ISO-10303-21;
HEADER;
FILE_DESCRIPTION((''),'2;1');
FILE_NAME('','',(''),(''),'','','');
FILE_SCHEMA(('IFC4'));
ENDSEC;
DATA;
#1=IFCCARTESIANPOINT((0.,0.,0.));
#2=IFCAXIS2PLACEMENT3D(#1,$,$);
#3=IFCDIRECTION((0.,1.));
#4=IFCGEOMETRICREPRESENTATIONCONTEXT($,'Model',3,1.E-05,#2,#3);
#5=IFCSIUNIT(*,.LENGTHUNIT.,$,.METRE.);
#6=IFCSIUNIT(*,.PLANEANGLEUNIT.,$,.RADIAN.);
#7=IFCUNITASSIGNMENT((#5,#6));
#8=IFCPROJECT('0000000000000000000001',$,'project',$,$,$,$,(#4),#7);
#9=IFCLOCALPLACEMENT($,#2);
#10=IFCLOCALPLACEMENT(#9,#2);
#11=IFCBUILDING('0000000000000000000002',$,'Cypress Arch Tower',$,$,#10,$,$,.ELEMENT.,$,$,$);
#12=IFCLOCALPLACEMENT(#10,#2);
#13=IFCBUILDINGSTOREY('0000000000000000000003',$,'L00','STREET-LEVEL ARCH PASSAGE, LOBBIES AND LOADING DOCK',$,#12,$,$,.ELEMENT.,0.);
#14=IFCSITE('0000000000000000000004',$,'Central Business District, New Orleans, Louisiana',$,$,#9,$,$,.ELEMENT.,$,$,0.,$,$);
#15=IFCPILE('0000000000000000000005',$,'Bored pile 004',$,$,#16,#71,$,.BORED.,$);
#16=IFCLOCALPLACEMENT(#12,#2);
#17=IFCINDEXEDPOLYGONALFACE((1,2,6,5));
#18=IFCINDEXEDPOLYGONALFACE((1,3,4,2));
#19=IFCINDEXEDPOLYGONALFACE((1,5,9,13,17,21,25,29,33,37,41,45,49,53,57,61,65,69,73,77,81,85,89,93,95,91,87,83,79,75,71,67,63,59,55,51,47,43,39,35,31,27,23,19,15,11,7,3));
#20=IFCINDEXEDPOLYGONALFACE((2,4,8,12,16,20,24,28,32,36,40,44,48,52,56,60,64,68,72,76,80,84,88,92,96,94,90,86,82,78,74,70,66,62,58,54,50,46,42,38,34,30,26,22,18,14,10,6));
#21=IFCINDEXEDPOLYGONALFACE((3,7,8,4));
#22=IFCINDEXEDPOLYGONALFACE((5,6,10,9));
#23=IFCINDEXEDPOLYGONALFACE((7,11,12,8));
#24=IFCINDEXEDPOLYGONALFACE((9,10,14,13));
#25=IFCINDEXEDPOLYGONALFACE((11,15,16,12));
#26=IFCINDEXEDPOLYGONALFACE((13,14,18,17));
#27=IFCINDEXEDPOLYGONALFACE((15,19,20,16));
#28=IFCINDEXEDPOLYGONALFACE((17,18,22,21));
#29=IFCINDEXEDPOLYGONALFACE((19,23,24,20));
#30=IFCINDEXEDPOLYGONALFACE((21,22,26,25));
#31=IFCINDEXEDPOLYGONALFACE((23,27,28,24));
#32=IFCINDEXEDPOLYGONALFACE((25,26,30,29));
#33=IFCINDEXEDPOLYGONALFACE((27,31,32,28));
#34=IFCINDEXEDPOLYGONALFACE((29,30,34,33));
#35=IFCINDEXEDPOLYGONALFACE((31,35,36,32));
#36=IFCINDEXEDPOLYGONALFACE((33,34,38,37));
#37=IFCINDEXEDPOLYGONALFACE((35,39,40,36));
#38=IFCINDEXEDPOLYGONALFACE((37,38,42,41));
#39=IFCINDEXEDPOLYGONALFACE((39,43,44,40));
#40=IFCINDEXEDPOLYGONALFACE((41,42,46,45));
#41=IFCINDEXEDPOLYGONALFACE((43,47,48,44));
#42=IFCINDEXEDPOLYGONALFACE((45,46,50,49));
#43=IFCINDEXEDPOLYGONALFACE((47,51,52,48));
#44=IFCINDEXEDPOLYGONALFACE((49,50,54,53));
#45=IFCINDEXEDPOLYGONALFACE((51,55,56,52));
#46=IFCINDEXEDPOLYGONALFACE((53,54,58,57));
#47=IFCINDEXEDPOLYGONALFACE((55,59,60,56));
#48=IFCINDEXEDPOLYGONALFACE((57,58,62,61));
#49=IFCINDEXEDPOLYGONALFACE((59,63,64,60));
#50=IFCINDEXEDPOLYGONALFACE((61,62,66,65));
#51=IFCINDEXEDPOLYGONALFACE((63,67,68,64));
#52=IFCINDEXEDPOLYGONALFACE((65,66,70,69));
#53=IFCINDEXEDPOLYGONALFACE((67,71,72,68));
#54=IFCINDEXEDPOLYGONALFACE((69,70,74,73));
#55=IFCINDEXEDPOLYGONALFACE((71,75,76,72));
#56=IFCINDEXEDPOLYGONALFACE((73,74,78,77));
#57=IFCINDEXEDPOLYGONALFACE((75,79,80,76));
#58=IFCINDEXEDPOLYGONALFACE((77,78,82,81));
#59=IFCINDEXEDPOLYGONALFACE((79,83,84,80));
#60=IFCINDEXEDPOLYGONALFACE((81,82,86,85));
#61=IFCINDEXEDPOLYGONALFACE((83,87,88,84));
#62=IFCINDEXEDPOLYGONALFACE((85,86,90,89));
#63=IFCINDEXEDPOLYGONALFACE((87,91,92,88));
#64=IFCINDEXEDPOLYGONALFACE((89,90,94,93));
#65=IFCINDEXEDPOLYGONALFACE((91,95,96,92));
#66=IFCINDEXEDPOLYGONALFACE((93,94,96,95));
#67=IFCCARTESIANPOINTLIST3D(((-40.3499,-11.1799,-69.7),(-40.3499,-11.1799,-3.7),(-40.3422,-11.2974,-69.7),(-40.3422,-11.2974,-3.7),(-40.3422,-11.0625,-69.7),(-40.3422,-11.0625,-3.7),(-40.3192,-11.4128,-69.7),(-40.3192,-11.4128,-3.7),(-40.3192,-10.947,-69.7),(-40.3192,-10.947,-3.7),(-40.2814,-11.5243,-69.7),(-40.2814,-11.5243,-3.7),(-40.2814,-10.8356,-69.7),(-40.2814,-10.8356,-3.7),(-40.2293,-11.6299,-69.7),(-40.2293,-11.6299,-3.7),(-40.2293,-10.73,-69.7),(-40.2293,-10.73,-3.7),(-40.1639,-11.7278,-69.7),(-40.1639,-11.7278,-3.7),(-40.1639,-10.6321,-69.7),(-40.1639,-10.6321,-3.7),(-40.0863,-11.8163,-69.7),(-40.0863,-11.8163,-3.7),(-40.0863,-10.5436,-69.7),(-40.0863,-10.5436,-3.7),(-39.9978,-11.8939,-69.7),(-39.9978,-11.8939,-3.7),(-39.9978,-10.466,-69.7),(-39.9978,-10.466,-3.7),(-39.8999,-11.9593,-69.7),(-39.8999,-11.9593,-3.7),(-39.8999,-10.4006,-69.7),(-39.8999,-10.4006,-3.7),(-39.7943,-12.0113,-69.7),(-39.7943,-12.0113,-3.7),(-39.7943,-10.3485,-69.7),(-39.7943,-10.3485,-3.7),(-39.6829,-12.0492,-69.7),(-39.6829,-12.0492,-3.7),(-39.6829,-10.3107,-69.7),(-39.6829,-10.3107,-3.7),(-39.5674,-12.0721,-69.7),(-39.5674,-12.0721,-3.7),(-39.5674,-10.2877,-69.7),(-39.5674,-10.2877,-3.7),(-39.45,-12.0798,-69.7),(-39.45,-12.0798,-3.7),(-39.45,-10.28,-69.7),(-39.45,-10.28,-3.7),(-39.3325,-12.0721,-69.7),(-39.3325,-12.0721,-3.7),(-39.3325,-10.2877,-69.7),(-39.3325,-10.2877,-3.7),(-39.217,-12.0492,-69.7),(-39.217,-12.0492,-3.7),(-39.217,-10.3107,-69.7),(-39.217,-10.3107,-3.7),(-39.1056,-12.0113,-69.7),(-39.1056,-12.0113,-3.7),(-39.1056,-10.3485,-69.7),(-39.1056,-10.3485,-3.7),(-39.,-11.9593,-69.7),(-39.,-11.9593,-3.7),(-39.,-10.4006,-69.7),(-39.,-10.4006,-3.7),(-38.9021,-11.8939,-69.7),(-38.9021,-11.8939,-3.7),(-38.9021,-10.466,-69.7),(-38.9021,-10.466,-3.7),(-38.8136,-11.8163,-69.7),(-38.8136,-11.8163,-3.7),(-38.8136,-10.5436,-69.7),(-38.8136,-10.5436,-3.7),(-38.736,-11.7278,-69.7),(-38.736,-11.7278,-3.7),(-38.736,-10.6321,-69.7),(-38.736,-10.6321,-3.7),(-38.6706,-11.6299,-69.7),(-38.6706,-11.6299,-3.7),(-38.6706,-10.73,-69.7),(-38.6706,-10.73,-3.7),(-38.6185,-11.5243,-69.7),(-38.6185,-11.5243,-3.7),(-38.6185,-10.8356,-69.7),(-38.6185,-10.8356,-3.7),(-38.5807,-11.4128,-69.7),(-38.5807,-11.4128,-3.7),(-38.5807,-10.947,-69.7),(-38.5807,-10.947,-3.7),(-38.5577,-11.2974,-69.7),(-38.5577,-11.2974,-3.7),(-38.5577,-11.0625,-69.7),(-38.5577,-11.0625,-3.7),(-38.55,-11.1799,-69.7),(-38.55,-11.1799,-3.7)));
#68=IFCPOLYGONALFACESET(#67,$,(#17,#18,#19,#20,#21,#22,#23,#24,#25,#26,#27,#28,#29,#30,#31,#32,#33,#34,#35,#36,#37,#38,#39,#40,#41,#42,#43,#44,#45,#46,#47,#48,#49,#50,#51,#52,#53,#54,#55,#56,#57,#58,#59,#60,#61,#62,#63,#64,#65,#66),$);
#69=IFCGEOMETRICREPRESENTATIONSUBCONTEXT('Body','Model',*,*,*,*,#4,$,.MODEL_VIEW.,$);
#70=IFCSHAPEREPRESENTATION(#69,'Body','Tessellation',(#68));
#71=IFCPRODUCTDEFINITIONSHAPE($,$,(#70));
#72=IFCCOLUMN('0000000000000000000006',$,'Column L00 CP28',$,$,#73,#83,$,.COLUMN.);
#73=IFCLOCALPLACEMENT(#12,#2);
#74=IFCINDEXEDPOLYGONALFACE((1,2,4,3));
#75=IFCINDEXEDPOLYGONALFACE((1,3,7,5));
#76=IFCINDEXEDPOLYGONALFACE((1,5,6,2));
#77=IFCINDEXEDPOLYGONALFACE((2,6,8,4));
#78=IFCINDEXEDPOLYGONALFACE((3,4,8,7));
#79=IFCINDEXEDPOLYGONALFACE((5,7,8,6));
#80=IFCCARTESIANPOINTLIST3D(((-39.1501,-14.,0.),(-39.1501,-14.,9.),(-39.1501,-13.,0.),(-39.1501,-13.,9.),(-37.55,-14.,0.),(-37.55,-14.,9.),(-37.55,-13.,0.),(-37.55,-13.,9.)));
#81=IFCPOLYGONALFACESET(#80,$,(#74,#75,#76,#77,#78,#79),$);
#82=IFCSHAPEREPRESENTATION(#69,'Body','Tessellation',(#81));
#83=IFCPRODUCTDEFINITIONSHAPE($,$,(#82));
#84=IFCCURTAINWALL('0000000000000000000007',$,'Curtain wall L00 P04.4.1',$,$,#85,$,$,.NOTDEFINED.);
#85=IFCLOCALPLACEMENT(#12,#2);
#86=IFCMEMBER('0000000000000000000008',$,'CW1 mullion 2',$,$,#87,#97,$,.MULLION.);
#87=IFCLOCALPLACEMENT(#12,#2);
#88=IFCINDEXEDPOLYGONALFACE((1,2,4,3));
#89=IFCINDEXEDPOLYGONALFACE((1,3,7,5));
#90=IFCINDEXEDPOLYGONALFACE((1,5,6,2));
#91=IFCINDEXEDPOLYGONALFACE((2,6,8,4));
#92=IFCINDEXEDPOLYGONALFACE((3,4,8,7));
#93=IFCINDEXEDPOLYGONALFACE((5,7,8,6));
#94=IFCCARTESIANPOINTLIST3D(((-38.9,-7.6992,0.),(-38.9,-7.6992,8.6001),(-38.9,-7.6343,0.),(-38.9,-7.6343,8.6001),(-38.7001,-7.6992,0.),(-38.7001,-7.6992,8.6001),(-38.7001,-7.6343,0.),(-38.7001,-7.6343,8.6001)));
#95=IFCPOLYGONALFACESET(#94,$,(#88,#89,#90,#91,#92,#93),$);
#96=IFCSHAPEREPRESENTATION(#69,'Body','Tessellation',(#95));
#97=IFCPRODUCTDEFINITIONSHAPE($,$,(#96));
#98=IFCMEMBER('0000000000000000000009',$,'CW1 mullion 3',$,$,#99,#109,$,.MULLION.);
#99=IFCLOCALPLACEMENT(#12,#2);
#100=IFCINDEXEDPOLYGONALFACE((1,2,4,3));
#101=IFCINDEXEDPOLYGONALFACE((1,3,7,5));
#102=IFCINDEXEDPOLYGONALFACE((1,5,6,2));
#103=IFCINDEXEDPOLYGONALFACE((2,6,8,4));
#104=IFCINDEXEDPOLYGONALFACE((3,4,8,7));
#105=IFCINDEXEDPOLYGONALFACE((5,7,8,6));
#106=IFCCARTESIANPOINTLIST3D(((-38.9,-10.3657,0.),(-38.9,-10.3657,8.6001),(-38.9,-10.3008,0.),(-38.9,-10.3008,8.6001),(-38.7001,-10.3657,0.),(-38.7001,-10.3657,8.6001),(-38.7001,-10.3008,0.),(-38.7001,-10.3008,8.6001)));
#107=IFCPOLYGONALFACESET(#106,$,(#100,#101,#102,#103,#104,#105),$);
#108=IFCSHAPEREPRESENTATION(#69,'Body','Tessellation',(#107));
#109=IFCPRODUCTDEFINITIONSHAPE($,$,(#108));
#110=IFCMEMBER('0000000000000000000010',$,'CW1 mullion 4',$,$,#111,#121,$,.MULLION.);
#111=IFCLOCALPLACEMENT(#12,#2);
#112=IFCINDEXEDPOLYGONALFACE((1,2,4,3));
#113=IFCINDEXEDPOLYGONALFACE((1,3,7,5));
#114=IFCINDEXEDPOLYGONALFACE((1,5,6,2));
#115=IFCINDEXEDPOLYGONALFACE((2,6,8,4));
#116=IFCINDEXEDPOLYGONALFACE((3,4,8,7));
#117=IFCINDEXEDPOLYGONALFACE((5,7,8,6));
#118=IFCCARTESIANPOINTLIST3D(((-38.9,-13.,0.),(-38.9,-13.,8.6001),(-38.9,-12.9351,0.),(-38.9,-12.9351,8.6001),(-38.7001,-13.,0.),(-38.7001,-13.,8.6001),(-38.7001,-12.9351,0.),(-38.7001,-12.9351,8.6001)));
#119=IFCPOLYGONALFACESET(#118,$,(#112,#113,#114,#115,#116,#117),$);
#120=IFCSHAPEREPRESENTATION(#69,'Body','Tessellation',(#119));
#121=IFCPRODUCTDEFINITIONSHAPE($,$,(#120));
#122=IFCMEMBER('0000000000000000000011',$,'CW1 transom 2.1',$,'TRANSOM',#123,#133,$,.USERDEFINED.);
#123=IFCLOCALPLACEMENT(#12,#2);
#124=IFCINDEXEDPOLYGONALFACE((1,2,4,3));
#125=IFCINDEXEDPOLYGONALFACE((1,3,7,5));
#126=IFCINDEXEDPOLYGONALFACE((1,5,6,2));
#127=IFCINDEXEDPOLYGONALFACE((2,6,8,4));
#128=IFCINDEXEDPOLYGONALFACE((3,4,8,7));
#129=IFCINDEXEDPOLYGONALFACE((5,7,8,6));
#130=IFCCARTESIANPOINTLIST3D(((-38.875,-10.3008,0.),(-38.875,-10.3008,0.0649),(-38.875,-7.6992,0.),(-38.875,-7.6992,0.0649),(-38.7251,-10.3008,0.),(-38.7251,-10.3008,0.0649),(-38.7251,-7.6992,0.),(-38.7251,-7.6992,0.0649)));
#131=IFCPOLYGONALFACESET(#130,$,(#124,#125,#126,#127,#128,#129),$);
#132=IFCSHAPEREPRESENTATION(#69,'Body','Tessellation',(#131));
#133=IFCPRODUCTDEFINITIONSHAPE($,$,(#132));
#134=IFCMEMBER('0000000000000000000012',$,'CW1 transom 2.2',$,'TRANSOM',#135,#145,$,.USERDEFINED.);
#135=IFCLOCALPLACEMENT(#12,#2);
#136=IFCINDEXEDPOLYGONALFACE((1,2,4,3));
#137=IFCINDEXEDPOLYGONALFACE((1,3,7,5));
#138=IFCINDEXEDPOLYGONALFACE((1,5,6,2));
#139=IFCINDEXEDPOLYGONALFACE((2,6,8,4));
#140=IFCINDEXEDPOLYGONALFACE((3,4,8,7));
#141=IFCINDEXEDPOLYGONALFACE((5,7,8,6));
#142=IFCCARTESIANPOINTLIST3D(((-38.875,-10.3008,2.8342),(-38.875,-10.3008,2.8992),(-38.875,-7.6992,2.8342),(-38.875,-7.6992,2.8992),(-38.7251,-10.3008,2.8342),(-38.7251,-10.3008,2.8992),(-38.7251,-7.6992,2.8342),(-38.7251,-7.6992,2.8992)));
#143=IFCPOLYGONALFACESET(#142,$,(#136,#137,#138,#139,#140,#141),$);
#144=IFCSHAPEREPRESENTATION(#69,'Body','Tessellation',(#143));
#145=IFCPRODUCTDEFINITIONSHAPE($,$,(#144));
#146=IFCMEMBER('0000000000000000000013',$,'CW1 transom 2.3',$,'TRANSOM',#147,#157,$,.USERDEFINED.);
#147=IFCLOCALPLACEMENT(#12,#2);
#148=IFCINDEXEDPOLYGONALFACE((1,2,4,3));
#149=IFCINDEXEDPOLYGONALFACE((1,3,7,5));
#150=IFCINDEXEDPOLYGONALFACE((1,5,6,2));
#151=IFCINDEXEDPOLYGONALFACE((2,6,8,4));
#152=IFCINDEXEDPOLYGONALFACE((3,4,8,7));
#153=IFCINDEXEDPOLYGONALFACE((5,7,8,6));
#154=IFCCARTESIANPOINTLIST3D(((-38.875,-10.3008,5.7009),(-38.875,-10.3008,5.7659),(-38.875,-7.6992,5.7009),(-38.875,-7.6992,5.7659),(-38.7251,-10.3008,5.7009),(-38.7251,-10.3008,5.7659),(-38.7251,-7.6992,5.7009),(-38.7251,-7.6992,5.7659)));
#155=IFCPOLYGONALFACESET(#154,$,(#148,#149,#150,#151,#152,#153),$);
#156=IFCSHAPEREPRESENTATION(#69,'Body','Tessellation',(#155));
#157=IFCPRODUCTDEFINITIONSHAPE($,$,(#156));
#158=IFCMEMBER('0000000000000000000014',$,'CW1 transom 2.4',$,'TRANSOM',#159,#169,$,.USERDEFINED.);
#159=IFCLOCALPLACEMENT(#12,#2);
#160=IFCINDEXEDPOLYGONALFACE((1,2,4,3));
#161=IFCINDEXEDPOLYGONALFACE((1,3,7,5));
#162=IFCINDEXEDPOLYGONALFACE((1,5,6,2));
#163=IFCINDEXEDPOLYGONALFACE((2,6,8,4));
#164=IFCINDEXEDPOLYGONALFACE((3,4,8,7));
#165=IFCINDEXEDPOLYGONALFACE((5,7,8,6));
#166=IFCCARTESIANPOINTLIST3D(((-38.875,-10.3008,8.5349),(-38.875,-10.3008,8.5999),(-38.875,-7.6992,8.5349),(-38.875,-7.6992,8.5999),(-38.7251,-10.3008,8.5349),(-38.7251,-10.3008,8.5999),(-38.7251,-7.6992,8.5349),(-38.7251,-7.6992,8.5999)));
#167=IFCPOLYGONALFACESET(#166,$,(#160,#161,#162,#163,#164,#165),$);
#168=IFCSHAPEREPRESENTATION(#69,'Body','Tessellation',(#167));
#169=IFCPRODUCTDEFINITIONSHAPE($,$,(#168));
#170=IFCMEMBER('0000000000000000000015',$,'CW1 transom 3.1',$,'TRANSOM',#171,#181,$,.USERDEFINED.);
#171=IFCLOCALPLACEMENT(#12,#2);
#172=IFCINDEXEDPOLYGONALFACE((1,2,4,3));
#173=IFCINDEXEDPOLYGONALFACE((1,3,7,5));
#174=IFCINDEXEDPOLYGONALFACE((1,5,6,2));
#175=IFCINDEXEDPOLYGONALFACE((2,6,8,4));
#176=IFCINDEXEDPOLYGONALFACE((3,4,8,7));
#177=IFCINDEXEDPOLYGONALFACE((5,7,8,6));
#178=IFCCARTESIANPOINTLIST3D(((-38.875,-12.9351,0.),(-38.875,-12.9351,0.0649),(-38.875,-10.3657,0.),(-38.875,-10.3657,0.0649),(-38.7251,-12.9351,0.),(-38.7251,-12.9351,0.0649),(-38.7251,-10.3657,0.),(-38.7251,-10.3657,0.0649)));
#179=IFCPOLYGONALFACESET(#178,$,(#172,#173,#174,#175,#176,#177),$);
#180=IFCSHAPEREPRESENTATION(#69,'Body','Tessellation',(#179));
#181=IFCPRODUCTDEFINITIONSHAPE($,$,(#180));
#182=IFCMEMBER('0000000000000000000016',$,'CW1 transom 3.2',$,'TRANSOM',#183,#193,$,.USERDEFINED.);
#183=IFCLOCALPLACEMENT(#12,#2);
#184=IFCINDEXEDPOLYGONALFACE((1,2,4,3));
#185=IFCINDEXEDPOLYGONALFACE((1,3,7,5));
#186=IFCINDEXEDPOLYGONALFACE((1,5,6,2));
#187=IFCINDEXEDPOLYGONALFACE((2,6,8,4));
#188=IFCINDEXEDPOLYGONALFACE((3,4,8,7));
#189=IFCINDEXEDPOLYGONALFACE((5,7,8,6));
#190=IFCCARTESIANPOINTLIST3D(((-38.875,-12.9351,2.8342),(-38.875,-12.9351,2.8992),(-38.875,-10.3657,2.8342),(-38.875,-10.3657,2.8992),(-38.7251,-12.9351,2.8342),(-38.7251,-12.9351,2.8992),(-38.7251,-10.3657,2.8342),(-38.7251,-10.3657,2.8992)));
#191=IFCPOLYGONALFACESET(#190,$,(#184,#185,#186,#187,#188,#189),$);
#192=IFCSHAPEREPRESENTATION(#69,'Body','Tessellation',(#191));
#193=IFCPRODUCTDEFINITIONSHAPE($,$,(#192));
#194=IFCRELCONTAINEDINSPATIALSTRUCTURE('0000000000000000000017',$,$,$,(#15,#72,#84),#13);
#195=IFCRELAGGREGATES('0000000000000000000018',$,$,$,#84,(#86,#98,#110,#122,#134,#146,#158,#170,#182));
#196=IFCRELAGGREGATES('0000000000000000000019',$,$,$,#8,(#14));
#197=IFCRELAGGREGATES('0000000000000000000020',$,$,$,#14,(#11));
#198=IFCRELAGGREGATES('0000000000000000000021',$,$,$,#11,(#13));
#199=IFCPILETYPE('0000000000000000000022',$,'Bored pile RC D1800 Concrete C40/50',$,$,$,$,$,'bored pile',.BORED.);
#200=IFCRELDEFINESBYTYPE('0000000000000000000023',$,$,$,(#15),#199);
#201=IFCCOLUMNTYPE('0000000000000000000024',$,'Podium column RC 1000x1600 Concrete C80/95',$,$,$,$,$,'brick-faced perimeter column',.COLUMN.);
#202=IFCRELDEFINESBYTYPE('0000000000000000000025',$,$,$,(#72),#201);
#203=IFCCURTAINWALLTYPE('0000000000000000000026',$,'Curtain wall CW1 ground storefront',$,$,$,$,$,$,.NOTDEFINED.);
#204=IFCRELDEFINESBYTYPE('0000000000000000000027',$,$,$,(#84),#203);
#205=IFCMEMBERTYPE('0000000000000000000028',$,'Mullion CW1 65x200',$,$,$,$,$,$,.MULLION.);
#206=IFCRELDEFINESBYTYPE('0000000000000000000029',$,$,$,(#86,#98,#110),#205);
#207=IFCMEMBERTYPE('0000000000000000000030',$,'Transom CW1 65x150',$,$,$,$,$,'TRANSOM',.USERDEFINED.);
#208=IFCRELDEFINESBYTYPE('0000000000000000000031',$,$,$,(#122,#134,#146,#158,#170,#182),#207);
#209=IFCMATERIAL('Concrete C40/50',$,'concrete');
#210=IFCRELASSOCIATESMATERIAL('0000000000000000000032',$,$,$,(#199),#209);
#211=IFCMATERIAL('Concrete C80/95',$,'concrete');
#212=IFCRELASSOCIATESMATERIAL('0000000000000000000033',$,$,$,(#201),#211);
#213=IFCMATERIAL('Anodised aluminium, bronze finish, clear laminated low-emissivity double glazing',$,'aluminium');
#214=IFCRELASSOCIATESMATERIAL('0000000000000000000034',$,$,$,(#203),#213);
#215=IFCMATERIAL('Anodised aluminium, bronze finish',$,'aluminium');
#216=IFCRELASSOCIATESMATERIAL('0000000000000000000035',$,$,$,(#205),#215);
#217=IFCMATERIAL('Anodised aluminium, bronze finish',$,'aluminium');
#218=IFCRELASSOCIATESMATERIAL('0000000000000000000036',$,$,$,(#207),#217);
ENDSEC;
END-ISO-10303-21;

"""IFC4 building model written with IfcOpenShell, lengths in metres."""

from ifc_helpers import new_model, si_unit, direction, frame, origin, origin_2d, place, context, subcontext, project, spatial, rectangle, circle, extrude, material, material_profile, profile_set, type_object, element, aggregate, save


model = new_model("IFC4")

# Units and contexts
model_context = context("Model", 3, precision=1e-05, world=origin(), true_north=direction((0.0, 1.0)))
body_context = subcontext(model_context, "Body", "Model", "MODEL_VIEW")
ifc_project = project(units=[si_unit("LENGTHUNIT", "METRE"), si_unit("PLANEANGLEUNIT", "RADIAN")], contexts=[model_context])

# Site, building, storey
site_placement = place(None, origin())
site = spatial("IfcSite", under=ifc_project, at=site_placement, Name="Central Business District, New Orleans, Louisiana", CompositionType="ELEMENT", RefElevation=0.0)
building_placement = place(site_placement, origin())
building = spatial("IfcBuilding", under=site, at=building_placement, Name="Cypress Arch Tower", CompositionType="ELEMENT")
storey_placement = place(building_placement, origin())
storey = spatial("IfcBuildingStorey", under=building, at=storey_placement, Name="L00", Description="STREET-LEVEL ARCH PASSAGE, LOBBIES AND LOADING DOCK", CompositionType="ELEMENT", Elevation=0.0)

# Pile
ifc_material_1 = material(Name="Concrete C40/50", Category="concrete")
ifc_material_profile_1 = material_profile(ifc_material_1, circle(Radius=0.8999, at=origin_2d()), Name="RC D1800")
ifc_profile_set_1 = profile_set([ifc_material_profile_1], Name="Concrete C40/50")
pile_type = type_object("IfcPileType", Name="Bored pile RC D1800 Concrete C40/50", ElementType="bored pile", PredefinedType="BORED", material=ifc_profile_set_1)
pile_placement = place(storey_placement, frame((-39.45, -11.1799, -3.7), z_axis=(0.0, 0.0, -1.0), x_axis=(1.0, 0.0, 0.0)))
element("IfcPile", 1, at=pile_placement, inside=storey, type_object=pile_type, Name="Bored pile 004", PredefinedType="BORED", context=body_context, shape_type="SweptSolid", body=[
    extrude(circle(Radius=0.8999, at=origin_2d()), origin(), (0.0, 0.0, 1.0), 66.0),
])

# Column
ifc_material_2 = material(Name="Concrete C80/95", Category="concrete")
ifc_material_profile_2 = material_profile(ifc_material_2, rectangle(XDim=1.0, YDim=1.6001, at=origin_2d()), Name="RC 1000x1600")
ifc_profile_set_2 = profile_set([ifc_material_profile_2], Name="Concrete C80/95")
column_type = type_object("IfcColumnType", Name="Podium column RC 1000x1600 Concrete C80/95", ElementType="brick-faced perimeter column", PredefinedType="COLUMN", material=ifc_profile_set_2)
column_placement = place(storey_placement, frame((-38.3501, -13.5, 0.0), z_axis=(0.0, 0.0, 1.0), x_axis=(0.0, -1.0, 0.0)))
element("IfcColumn", 2, at=column_placement, inside=storey, type_object=column_type, Name="Column L00 CP28", PredefinedType="COLUMN", context=body_context, shape_type="SweptSolid", body=[
    extrude(rectangle(XDim=1.0, YDim=1.6001, at=origin_2d()), origin(), (0.0, 0.0, 1.0), 9.0),
])

# Curtain wall, members
ifc_material_3 = material(Name="Anodised aluminium, bronze finish, clear laminated low-emissivity double glazing", Category="aluminium")
curtain_wall_type = type_object("IfcCurtainWallType", Name="Curtain wall CW1 ground storefront", PredefinedType="NOTDEFINED", material=ifc_material_3)
curtain_wall_placement = place(storey_placement, origin())
curtain_wall = element("IfcCurtainWall", 3, at=curtain_wall_placement, inside=storey, type_object=curtain_wall_type, Name="Curtain wall L00 P04.4.1", PredefinedType="NOTDEFINED")
ifc_material_4 = material(Name="Anodised aluminium, bronze finish", Category="aluminium")
ifc_material_profile_3 = material_profile(ifc_material_4, rectangle(XDim=0.2, YDim=0.0649, at=origin_2d()), Name="Mullion 65x200")
ifc_profile_set_3 = profile_set([ifc_material_profile_3], Name="Anodised aluminium, bronze finish")
member_type_1 = type_object("IfcMemberType", Name="Mullion CW1 65x200", PredefinedType="MULLION", material=ifc_profile_set_3)
member_1_placement = place(storey_placement, frame((-38.8, -7.6667, 0.0), z_axis=(0.0, 0.0, 1.0), x_axis=(1.0, 0.0, 0.0)))
member_1 = element("IfcMember", 4, at=member_1_placement, type_object=member_type_1, Name="CW1 mullion 2", PredefinedType="MULLION", context=body_context, shape_type="SweptSolid", body=[
    extrude(rectangle(XDim=0.2, YDim=0.0649, at=origin_2d()), origin(), (0.0, 0.0, 1.0), 8.6001),
])
member_2_placement = place(storey_placement, frame((-38.8, -10.3333, 0.0), z_axis=(0.0, 0.0, 1.0), x_axis=(1.0, 0.0, 0.0)))
member_2 = element("IfcMember", 5, at=member_2_placement, type_object=member_type_1, Name="CW1 mullion 3", PredefinedType="MULLION", context=body_context, shape_type="SweptSolid", body=[
    extrude(rectangle(XDim=0.2, YDim=0.0649, at=origin_2d()), origin(), (0.0, 0.0, 1.0), 8.6001),
])
member_3_placement = place(storey_placement, frame((-38.8, -12.9675, 0.0), z_axis=(0.0, 0.0, 1.0), x_axis=(1.0, 0.0, 0.0)))
member_3 = element("IfcMember", 6, at=member_3_placement, type_object=member_type_1, Name="CW1 mullion 4", PredefinedType="MULLION", context=body_context, shape_type="SweptSolid", body=[
    extrude(rectangle(XDim=0.2, YDim=0.0649, at=origin_2d()), origin(), (0.0, 0.0, 1.0), 8.6001),
])
ifc_material_5 = material(Name="Anodised aluminium, bronze finish", Category="aluminium")
ifc_material_profile_4 = material_profile(ifc_material_5, rectangle(XDim=0.1499, YDim=0.0649, at=origin_2d()), Name="Transom 65x150")
ifc_profile_set_4 = profile_set([ifc_material_profile_4], Name="Anodised aluminium, bronze finish")
member_type_2 = type_object("IfcMemberType", Name="Transom CW1 65x150", ElementType="TRANSOM", PredefinedType="USERDEFINED", material=ifc_profile_set_4)
member_4_placement = place(storey_placement, frame((-38.8, -7.6992, 0.0325), z_axis=(0.0, -1.0, 0.0), x_axis=(1.0, 0.0, 0.0)))
member_4 = element("IfcMember", 7, at=member_4_placement, type_object=member_type_2, Name="CW1 transom 2.1", ObjectType="TRANSOM", PredefinedType="USERDEFINED", context=body_context, shape_type="SweptSolid", body=[
    extrude(rectangle(XDim=0.1499, YDim=0.0649, at=origin_2d()), origin(), (0.0, 0.0, 1.0), 2.6016),
])
member_5_placement = place(storey_placement, frame((-38.8, -7.6992, 2.8667), z_axis=(0.0, -1.0, 0.0), x_axis=(1.0, 0.0, 0.0)))
member_5 = element("IfcMember", 8, at=member_5_placement, type_object=member_type_2, Name="CW1 transom 2.2", ObjectType="TRANSOM", PredefinedType="USERDEFINED", context=body_context, shape_type="SweptSolid", body=[
    extrude(rectangle(XDim=0.1499, YDim=0.0649, at=origin_2d()), origin(), (0.0, 0.0, 1.0), 2.6016),
])
member_6_placement = place(storey_placement, frame((-38.8, -7.6992, 5.7334), z_axis=(0.0, -1.0, 0.0), x_axis=(1.0, 0.0, 0.0)))
member_6 = element("IfcMember", 9, at=member_6_placement, type_object=member_type_2, Name="CW1 transom 2.3", ObjectType="TRANSOM", PredefinedType="USERDEFINED", context=body_context, shape_type="SweptSolid", body=[
    extrude(rectangle(XDim=0.1499, YDim=0.0649, at=origin_2d()), origin(), (0.0, 0.0, 1.0), 2.6016),
])
member_7_placement = place(storey_placement, frame((-38.8, -7.6992, 8.5674), z_axis=(0.0, -1.0, 0.0), x_axis=(1.0, 0.0, 0.0)))
member_7 = element("IfcMember", 10, at=member_7_placement, type_object=member_type_2, Name="CW1 transom 2.4", ObjectType="TRANSOM", PredefinedType="USERDEFINED", context=body_context, shape_type="SweptSolid", body=[
    extrude(rectangle(XDim=0.1499, YDim=0.0649, at=origin_2d()), origin(), (0.0, 0.0, 1.0), 2.6016),
])
member_8_placement = place(storey_placement, frame((-38.8, -10.3657, 0.0325), z_axis=(0.0, -1.0, 0.0), x_axis=(1.0, 0.0, 0.0)))
member_8 = element("IfcMember", 11, at=member_8_placement, type_object=member_type_2, Name="CW1 transom 3.1", ObjectType="TRANSOM", PredefinedType="USERDEFINED", context=body_context, shape_type="SweptSolid", body=[
    extrude(rectangle(XDim=0.1499, YDim=0.0649, at=origin_2d()), origin(), (0.0, 0.0, 1.0), 2.5693),
])
member_9_placement = place(storey_placement, frame((-38.8, -10.3657, 2.8667), z_axis=(0.0, -1.0, 0.0), x_axis=(1.0, 0.0, 0.0)))
member_9 = element("IfcMember", 12, at=member_9_placement, type_object=member_type_2, Name="CW1 transom 3.2", ObjectType="TRANSOM", PredefinedType="USERDEFINED", context=body_context, shape_type="SweptSolid", body=[
    extrude(rectangle(XDim=0.1499, YDim=0.0649, at=origin_2d()), origin(), (0.0, 0.0, 1.0), 2.5693),
])
aggregate(curtain_wall, [member_1, member_2, member_3, member_4, member_5, member_6, member_7, member_8, member_9])

save(model, "model.ifc")
